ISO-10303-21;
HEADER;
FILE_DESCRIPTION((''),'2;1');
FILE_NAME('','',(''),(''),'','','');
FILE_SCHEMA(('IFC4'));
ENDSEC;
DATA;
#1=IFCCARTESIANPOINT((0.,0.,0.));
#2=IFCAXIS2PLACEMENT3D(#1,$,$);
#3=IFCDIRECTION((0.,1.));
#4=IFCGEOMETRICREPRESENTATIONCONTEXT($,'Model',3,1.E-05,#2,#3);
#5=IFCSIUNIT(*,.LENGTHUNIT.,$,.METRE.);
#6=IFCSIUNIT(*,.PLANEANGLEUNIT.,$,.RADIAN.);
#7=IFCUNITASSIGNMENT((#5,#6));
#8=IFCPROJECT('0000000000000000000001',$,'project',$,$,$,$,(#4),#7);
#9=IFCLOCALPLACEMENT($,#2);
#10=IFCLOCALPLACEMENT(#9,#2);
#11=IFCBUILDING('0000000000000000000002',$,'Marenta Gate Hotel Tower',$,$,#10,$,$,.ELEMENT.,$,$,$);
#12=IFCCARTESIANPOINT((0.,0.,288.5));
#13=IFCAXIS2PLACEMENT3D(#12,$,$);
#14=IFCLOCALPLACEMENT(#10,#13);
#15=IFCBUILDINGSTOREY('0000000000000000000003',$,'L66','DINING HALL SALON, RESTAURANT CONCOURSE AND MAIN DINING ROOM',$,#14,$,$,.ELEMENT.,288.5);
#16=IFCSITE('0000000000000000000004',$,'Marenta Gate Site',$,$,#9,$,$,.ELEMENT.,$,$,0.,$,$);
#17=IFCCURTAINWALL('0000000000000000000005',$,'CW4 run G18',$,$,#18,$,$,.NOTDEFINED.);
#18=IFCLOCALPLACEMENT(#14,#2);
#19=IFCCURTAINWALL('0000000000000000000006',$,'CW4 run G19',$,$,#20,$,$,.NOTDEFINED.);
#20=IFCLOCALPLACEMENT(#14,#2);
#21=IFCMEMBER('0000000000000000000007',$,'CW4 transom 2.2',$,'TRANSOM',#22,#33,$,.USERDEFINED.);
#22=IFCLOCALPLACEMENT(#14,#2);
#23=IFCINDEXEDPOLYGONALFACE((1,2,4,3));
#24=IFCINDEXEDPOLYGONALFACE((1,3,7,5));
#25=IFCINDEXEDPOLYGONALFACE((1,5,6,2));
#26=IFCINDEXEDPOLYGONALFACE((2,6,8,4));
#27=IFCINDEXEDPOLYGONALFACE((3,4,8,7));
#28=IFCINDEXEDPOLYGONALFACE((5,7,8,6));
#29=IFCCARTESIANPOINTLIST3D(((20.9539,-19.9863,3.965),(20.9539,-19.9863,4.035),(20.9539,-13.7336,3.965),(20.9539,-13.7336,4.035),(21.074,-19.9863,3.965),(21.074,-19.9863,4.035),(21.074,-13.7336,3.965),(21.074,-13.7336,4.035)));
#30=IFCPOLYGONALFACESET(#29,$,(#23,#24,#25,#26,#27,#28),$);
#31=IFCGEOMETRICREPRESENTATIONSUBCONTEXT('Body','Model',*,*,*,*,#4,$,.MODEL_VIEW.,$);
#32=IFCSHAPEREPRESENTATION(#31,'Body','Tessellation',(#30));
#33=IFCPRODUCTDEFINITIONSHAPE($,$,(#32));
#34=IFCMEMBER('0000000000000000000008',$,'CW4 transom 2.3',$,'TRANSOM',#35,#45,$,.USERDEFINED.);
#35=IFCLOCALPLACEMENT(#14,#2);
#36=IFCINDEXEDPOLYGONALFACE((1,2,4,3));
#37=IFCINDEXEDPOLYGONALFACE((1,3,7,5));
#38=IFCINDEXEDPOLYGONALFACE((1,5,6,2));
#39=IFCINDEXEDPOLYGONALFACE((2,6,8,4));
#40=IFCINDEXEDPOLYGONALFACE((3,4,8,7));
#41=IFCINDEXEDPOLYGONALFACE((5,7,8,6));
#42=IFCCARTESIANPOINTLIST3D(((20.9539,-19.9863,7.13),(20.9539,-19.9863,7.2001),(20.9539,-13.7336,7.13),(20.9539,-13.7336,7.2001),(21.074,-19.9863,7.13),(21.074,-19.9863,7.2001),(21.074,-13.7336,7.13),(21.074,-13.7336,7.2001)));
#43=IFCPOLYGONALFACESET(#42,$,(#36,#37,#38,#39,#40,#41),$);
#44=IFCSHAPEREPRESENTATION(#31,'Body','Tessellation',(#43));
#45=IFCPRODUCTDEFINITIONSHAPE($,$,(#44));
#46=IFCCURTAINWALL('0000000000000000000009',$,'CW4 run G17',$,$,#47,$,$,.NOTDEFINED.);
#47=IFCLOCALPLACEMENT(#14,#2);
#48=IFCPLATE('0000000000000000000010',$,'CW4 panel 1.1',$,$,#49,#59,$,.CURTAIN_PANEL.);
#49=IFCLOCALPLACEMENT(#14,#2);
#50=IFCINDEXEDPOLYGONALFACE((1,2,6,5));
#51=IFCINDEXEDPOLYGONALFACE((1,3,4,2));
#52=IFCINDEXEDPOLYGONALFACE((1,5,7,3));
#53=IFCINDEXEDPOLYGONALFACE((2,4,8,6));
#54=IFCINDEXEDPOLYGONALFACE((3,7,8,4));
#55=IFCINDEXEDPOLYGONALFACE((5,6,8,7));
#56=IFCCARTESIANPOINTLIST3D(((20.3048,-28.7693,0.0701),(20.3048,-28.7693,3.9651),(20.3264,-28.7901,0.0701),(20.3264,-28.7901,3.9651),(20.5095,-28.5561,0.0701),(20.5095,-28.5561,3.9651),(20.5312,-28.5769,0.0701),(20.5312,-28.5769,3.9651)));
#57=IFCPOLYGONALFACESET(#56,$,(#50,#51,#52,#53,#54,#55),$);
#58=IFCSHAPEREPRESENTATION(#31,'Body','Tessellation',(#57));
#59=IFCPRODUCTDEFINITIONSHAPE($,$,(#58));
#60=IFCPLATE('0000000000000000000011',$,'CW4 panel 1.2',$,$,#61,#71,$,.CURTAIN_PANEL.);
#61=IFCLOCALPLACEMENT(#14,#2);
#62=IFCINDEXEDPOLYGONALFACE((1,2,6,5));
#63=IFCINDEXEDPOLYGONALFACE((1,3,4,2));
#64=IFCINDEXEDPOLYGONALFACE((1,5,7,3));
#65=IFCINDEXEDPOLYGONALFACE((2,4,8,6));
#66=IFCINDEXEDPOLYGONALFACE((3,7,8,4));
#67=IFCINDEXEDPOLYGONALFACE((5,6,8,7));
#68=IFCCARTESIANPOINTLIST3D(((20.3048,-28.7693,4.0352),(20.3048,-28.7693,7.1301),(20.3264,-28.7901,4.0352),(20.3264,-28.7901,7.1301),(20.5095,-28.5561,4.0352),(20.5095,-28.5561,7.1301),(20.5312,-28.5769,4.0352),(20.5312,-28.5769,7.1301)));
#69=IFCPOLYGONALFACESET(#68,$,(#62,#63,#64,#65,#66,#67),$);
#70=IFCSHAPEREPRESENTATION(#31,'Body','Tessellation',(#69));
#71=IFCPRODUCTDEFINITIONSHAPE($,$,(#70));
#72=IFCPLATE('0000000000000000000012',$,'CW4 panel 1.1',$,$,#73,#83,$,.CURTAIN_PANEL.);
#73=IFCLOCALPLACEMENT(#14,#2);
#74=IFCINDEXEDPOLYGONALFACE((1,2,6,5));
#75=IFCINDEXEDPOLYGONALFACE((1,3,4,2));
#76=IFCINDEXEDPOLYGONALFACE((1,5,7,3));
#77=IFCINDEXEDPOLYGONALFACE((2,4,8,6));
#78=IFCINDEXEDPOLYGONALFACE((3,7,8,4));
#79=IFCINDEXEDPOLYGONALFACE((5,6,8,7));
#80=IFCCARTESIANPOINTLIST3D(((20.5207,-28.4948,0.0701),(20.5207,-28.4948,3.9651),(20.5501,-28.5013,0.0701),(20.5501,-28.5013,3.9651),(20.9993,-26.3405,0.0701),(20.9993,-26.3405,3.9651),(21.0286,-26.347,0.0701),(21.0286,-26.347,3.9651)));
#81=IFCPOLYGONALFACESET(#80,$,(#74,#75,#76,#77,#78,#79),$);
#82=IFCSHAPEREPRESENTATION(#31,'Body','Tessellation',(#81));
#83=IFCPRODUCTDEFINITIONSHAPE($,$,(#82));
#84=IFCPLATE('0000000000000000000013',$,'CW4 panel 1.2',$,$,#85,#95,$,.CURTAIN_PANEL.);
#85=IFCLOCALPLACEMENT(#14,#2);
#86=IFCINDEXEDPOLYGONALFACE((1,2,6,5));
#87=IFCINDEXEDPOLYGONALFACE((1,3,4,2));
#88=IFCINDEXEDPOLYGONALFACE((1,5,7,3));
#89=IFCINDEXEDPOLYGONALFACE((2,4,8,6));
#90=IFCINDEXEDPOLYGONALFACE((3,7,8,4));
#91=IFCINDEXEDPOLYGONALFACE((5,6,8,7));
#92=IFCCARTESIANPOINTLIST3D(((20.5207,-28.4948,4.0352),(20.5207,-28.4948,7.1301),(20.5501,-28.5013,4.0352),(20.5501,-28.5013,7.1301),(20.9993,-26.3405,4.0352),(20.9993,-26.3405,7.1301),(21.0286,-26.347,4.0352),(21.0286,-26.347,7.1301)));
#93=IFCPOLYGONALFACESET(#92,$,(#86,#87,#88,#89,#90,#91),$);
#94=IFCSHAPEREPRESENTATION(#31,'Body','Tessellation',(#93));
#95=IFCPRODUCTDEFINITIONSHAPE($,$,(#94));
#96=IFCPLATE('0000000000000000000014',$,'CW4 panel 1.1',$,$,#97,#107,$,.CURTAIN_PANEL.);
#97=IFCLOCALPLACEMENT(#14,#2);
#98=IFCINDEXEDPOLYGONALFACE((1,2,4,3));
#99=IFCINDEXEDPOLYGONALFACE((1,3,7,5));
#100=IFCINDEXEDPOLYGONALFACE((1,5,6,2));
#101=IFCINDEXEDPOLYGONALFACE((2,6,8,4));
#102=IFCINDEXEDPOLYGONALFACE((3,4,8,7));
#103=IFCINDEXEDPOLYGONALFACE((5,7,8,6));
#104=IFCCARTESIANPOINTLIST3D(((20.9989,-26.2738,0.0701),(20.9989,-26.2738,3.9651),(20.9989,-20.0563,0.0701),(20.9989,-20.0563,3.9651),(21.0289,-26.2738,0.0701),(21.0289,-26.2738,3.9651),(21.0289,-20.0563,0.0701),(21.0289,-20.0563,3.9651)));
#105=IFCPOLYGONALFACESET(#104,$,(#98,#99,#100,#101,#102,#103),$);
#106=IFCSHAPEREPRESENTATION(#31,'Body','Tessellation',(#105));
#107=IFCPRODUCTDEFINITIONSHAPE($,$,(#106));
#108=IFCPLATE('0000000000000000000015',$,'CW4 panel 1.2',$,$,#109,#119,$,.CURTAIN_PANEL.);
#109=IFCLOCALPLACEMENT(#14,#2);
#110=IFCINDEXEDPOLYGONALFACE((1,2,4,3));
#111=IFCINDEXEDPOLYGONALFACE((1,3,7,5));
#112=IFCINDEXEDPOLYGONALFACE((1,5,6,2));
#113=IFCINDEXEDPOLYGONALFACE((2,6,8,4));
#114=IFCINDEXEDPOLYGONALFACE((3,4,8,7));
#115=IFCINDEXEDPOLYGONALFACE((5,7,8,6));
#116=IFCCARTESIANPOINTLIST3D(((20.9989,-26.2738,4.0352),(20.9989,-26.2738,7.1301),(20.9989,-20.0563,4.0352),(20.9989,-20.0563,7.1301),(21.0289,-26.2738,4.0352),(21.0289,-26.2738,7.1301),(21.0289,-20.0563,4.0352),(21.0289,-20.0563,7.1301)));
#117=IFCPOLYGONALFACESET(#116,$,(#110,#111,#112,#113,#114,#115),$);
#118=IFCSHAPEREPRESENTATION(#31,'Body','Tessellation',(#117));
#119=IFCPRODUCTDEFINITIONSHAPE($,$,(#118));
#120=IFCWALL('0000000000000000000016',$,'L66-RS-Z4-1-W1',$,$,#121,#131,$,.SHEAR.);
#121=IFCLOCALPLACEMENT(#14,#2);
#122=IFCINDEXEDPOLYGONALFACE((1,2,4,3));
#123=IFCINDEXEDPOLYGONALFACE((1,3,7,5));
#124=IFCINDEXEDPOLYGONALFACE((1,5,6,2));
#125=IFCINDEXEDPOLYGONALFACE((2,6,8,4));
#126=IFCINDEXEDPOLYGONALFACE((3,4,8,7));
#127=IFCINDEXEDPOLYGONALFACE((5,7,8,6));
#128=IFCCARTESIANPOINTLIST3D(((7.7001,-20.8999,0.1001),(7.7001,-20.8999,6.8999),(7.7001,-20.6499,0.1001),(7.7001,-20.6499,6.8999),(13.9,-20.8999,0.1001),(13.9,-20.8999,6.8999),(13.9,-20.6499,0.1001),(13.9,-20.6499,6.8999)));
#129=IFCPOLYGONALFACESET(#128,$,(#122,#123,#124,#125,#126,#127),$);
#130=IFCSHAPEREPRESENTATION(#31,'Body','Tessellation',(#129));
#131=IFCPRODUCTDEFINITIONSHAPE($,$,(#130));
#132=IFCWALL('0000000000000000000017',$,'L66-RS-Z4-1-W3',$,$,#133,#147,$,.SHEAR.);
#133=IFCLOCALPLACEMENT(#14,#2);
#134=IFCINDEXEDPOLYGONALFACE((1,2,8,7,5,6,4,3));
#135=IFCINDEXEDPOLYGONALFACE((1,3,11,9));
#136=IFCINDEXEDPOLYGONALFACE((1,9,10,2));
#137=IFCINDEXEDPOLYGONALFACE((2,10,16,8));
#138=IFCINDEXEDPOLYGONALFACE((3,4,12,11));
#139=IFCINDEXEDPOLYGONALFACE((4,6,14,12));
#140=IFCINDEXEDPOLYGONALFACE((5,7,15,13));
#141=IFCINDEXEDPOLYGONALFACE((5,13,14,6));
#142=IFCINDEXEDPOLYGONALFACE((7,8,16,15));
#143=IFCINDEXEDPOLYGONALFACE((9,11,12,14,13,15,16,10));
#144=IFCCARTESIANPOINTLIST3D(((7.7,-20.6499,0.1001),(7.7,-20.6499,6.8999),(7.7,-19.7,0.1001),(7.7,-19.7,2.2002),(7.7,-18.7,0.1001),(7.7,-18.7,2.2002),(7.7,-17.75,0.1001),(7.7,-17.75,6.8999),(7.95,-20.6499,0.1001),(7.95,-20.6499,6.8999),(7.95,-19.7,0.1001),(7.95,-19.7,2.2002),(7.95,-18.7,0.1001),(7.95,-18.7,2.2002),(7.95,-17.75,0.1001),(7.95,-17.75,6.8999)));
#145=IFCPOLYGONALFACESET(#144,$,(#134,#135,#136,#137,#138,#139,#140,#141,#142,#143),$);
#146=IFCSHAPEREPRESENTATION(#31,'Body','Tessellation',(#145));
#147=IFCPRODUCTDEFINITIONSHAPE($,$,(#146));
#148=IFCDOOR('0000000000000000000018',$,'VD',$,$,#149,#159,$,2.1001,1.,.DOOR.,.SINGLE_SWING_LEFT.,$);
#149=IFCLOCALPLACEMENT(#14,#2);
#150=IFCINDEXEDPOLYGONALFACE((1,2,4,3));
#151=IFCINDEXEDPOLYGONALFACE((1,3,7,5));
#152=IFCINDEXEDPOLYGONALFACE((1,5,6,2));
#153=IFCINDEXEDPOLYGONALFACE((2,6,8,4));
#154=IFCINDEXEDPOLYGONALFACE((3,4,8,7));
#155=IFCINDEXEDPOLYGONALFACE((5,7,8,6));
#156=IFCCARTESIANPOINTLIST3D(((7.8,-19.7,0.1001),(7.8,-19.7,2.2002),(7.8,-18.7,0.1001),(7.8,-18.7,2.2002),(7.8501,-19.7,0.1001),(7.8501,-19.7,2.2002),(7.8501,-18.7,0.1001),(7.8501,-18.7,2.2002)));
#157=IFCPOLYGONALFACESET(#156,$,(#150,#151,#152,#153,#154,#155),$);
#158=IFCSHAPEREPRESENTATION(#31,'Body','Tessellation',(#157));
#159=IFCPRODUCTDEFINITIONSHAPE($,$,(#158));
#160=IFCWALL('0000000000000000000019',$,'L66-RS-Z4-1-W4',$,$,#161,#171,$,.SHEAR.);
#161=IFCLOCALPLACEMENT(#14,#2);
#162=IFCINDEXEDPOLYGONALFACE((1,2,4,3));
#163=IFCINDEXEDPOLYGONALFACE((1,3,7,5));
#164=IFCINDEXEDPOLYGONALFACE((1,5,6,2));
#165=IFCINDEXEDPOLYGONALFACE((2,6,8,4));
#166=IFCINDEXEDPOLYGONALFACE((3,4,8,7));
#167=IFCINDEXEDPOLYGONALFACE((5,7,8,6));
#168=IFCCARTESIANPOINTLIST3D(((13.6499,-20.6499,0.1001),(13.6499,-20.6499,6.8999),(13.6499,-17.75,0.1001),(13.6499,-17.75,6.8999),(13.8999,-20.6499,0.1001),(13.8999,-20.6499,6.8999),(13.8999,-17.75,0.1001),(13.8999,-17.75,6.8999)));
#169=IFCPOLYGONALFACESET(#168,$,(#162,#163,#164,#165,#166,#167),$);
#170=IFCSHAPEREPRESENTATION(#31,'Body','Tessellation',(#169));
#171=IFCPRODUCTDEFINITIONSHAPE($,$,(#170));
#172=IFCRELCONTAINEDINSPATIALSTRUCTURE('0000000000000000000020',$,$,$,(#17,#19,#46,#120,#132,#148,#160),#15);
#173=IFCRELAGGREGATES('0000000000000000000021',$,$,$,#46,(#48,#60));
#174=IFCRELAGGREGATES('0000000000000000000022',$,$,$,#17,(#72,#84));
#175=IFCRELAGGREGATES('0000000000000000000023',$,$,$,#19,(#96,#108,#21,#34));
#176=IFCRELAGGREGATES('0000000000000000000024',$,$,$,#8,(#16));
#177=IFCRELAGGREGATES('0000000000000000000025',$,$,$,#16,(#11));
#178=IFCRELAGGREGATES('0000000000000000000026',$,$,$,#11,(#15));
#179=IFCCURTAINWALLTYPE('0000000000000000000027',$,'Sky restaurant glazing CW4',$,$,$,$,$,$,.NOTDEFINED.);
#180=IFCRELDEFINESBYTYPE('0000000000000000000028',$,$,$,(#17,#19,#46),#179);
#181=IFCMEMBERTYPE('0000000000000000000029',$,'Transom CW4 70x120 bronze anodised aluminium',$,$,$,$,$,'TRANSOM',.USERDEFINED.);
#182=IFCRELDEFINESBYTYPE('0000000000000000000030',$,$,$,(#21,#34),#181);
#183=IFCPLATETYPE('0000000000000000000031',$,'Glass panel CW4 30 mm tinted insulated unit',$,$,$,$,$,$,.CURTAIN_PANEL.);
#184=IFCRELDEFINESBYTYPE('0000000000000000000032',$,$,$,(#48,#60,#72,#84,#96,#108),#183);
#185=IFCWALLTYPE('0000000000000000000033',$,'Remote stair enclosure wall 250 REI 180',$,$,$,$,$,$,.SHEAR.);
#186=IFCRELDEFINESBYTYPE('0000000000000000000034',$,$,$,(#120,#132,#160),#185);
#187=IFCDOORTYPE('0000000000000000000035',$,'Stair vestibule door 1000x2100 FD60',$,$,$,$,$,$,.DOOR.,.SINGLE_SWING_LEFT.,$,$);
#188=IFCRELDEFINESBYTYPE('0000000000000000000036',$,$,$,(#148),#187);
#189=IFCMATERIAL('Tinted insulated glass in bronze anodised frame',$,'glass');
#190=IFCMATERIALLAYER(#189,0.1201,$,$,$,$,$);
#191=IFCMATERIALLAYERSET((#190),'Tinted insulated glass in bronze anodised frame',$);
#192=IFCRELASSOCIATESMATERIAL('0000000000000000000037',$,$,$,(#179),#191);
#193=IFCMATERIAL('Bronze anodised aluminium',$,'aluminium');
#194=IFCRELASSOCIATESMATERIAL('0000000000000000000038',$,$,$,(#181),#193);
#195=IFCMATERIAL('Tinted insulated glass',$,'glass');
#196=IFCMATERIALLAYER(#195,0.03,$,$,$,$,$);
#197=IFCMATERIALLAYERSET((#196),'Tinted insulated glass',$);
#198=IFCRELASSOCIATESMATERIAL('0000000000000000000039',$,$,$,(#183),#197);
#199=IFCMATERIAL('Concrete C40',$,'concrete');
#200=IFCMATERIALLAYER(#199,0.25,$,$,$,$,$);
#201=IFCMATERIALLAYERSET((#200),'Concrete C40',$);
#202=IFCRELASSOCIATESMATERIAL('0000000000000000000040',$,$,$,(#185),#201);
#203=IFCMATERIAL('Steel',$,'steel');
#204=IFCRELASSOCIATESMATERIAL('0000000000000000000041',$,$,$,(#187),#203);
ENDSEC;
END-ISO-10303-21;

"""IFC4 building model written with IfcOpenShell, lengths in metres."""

from ifc_helpers import new_model, si_unit, direction, frame, frame_2d, origin, origin_2d, place, context, subcontext, project, spatial, rectangle, extrude, material, layer, layer_set, material_profile, profile_set, type_object, element, fill, aggregate, save


model = new_model("IFC4")

# Units and contexts
model_context = context("Model", 3, precision=1e-05, world=origin(), true_north=direction((0.0, 1.0)))
body_context = subcontext(model_context, "Body", "Model", "MODEL_VIEW")
ifc_project = project(units=[si_unit("LENGTHUNIT", "METRE"), si_unit("PLANEANGLEUNIT", "RADIAN")], contexts=[model_context])

# Site, building, storey
site_placement = place(None, origin())
site = spatial("IfcSite", under=ifc_project, at=site_placement, Name="Marenta Gate Site", CompositionType="ELEMENT", RefElevation=0.0)
building_placement = place(site_placement, origin())
building = spatial("IfcBuilding", under=site, at=building_placement, Name="Marenta Gate Hotel Tower", CompositionType="ELEMENT")
storey_placement = place(building_placement, frame((0.0, 0.0, 288.5)))
storey = spatial("IfcBuildingStorey", under=building, at=storey_placement, Name="L66", Description="DINING HALL SALON, RESTAURANT CONCOURSE AND MAIN DINING ROOM", CompositionType="ELEMENT", Elevation=288.5)

# Curtain wall
ifc_material_1 = material(Name="Tinted insulated glass in bronze anodised frame", Category="glass")
ifc_layer_1 = layer(ifc_material_1, 0.1201)
ifc_layer_set_1 = layer_set([ifc_layer_1], Name="Tinted insulated glass in bronze anodised frame")
curtain_wall_type = type_object("IfcCurtainWallType", Name="Sky restaurant glazing CW4", PredefinedType="NOTDEFINED", material=ifc_layer_set_1)
curtain_wall_1_placement = place(storey_placement, origin())
curtain_wall_1 = element("IfcCurtainWall", 1, at=curtain_wall_1_placement, inside=storey, type_object=curtain_wall_type, Name="CW4 run G18", PredefinedType="NOTDEFINED")

# Curtain wall
curtain_wall_2_placement = place(storey_placement, origin())
curtain_wall_2 = element("IfcCurtainWall", 2, at=curtain_wall_2_placement, inside=storey, type_object=curtain_wall_type, Name="CW4 run G19", PredefinedType="NOTDEFINED")

# Members
ifc_material_2 = material(Name="Bronze anodised aluminium", Category="aluminium")
ifc_material_profile_1 = material_profile(ifc_material_2, rectangle(XDim=0.1201, YDim=0.0701, at=origin_2d()), Name="Transom CW4 70x120 bronze anodised aluminium")
ifc_profile_set_1 = profile_set([ifc_material_profile_1], Name="Bronze anodised aluminium")
member_type_1 = type_object("IfcMemberType", Name="Transom CW4 70x120 bronze anodised aluminium", ElementType="TRANSOM", PredefinedType="USERDEFINED", material=ifc_profile_set_1)
member_1_placement = place(storey_placement, frame((21.0139, -19.9863, 4.0), z_axis=(0.0, 1.0, 0.0), x_axis=(-1.0, 0.0, 0.0)))
member_1 = element("IfcMember", 3, at=member_1_placement, type_object=member_type_1, Name="CW4 transom 2.2", ObjectType="TRANSOM", PredefinedType="USERDEFINED", context=body_context, shape_type="SweptSolid", body=[
    extrude(rectangle(XDim=0.1201, YDim=0.0701, at=origin_2d()), origin(), (0.0, 0.0, 1.0), 6.2527),
])
member_2_placement = place(storey_placement, frame((21.0139, -19.9863, 7.165), z_axis=(0.0, 1.0, 0.0), x_axis=(-1.0, 0.0, 0.0)))
member_2 = element("IfcMember", 4, at=member_2_placement, type_object=member_type_1, Name="CW4 transom 2.3", ObjectType="TRANSOM", PredefinedType="USERDEFINED", context=body_context, shape_type="SweptSolid", body=[
    extrude(rectangle(XDim=0.1201, YDim=0.0701, at=origin_2d()), origin(), (0.0, 0.0, 1.0), 6.2527),
])

# Curtain wall, plates
curtain_wall_3_placement = place(storey_placement, origin())
curtain_wall_3 = element("IfcCurtainWall", 5, at=curtain_wall_3_placement, inside=storey, type_object=curtain_wall_type, Name="CW4 run G17", PredefinedType="NOTDEFINED")
ifc_material_3 = material(Name="Tinted insulated glass", Category="glass")
ifc_layer_2 = layer(ifc_material_3, 0.03)
ifc_layer_set_2 = layer_set([ifc_layer_2], Name="Tinted insulated glass")
plate_type = type_object("IfcPlateType", Name="Glass panel CW4 30 mm tinted insulated unit", PredefinedType="CURTAIN_PANEL", material=ifc_layer_set_2)
plate_1_placement = place(storey_placement, frame((20.418, -28.6731, 0.0701), z_axis=(0.0, 0.0, 1.0), x_axis=(0.6926, 0.721322, 0.0)))
plate_1 = element("IfcPlate", 6, at=plate_1_placement, type_object=plate_type, Name="CW4 panel 1.1", PredefinedType="CURTAIN_PANEL", context=body_context, shape_type="SweptSolid", body=[
    extrude(rectangle(XDim=0.2957, YDim=0.03, at=origin_2d()), origin(), (0.0, 0.0, 1.0), 3.895),
])
plate_2_placement = place(storey_placement, frame((20.418, -28.6731, 4.0352), z_axis=(0.0, 0.0, 1.0), x_axis=(0.6926, 0.721322, 0.0)))
plate_2 = element("IfcPlate", 7, at=plate_2_placement, type_object=plate_type, Name="CW4 panel 1.2", PredefinedType="CURTAIN_PANEL", context=body_context, shape_type="SweptSolid", body=[
    extrude(rectangle(XDim=0.2957, YDim=0.03, at=origin_2d()), origin(), (0.0, 0.0, 1.0), 3.095),
])
aggregate(curtain_wall_3, [plate_1, plate_2])

# Plates
plate_3_placement = place(storey_placement, frame((20.7747, -27.4209, 0.0701), z_axis=(0.0, 0.0, 1.0), x_axis=(0.216842, 0.976207, 0.0)))
plate_3 = element("IfcPlate", 8, at=plate_3_placement, type_object=plate_type, Name="CW4 panel 1.1", PredefinedType="CURTAIN_PANEL", context=body_context, shape_type="SweptSolid", body=[
    extrude(rectangle(XDim=2.2068, YDim=0.03, at=origin_2d()), origin(), (0.0, 0.0, 1.0), 3.895),
])
plate_4_placement = place(storey_placement, frame((20.7747, -27.4209, 4.0352), z_axis=(0.0, 0.0, 1.0), x_axis=(0.216842, 0.976207, 0.0)))
plate_4 = element("IfcPlate", 9, at=plate_4_placement, type_object=plate_type, Name="CW4 panel 1.2", PredefinedType="CURTAIN_PANEL", context=body_context, shape_type="SweptSolid", body=[
    extrude(rectangle(XDim=2.2068, YDim=0.03, at=origin_2d()), origin(), (0.0, 0.0, 1.0), 3.095),
])
aggregate(curtain_wall_1, [plate_3, plate_4])
plate_5_placement = place(storey_placement, frame((21.0139, -23.165, 0.0701), z_axis=(0.0, 0.0, 1.0), x_axis=(0.0, 1.0, 0.0)))
plate_5 = element("IfcPlate", 10, at=plate_5_placement, type_object=plate_type, Name="CW4 panel 1.1", PredefinedType="CURTAIN_PANEL", context=body_context, shape_type="SweptSolid", body=[
    extrude(rectangle(XDim=6.2175, YDim=0.03, at=origin_2d()), origin(), (0.0, 0.0, 1.0), 3.895),
])
plate_6_placement = place(storey_placement, frame((21.0139, -23.165, 4.0352), z_axis=(0.0, 0.0, 1.0), x_axis=(0.0, 1.0, 0.0)))
plate_6 = element("IfcPlate", 11, at=plate_6_placement, type_object=plate_type, Name="CW4 panel 1.2", PredefinedType="CURTAIN_PANEL", context=body_context, shape_type="SweptSolid", body=[
    extrude(rectangle(XDim=6.2175, YDim=0.03, at=origin_2d()), origin(), (0.0, 0.0, 1.0), 3.095),
])
aggregate(curtain_wall_2, [plate_5, plate_6, member_1, member_2])

# Wall
ifc_material_4 = material(Name="Concrete C40", Category="concrete")
ifc_layer_3 = layer(ifc_material_4, 0.25)
ifc_layer_set_3 = layer_set([ifc_layer_3], Name="Concrete C40")
wall_type = type_object("IfcWallType", Name="Remote stair enclosure wall 250 REI 180", PredefinedType="SHEAR", material=ifc_layer_set_3)
wall_1_placement = place(storey_placement, frame((7.7, -20.7749, 0.1001), z_axis=(0.0, 0.0, 1.0), x_axis=(1.0, 0.0, 0.0)))
element("IfcWall", 12, at=wall_1_placement, inside=storey, type_object=wall_type, Name="L66-RS-Z4-1-W1", PredefinedType="SHEAR", context=body_context, shape_type="SweptSolid", body=[
    extrude(rectangle(XDim=6.2, YDim=0.25, at=frame_2d((3.1001, 0.0))), origin(), (0.0, 0.0, 1.0), 6.7998),
])

# Wall, opening, door
wall_2_placement = place(storey_placement, frame((7.825, -20.6499, 0.1001), z_axis=(0.0, 0.0, 1.0), x_axis=(0.0, 1.0, 0.0)))
wall_2 = element("IfcWall", 13, at=wall_2_placement, inside=storey, type_object=wall_type, Name="L66-RS-Z4-1-W3", PredefinedType="SHEAR", context=body_context, shape_type="SweptSolid", body=[
    extrude(rectangle(XDim=2.8999, YDim=0.25, at=frame_2d((1.45, 0.0))), origin(), (0.0, 0.0, 1.0), 6.7998),
])
opening_placement = place(wall_2_placement, frame((0.95, 0.0, 0.0)))
opening = element("IfcOpeningElement", 14, at=opening_placement, cuts=wall_2, PredefinedType="OPENING", context=body_context, shape_type="SweptSolid", body=[
    extrude(rectangle(XDim=1.0, YDim=2.1001, at=frame_2d((0.5, 1.05))), frame((0.0, 0.125, 0.0), z_axis=(0.0, -1.0, 0.0), x_axis=(1.0, 0.0, 0.0)), (0.0, 0.0, 1.0), 0.25),
])
ifc_material_5 = material(Name="Steel", Category="steel")
door_type = type_object("IfcDoorType", Name="Stair vestibule door 1000x2100 FD60", OperationType="SINGLE_SWING_LEFT", PredefinedType="DOOR", material=ifc_material_5)
door_placement = place(opening_placement, origin())
door = element("IfcDoor", 15, at=door_placement, inside=storey, type_object=door_type, Name="VD", OperationType="SINGLE_SWING_LEFT", OverallHeight=2.1001, OverallWidth=1.0, PredefinedType="DOOR", context=body_context, shape_type="SweptSolid", body=[
    extrude(rectangle(XDim=1.0, YDim=2.1001, at=frame_2d((0.5, 1.05))), frame((0.0, 0.0249, 0.0), z_axis=(0.0, -1.0, 0.0), x_axis=(1.0, 0.0, 0.0)), (0.0, 0.0, 1.0), 0.05),
])
fill(opening, door)

# Wall
wall_3_placement = place(storey_placement, frame((13.7749, -20.6499, 0.1001), z_axis=(0.0, 0.0, 1.0), x_axis=(0.0, 1.0, 0.0)))
element("IfcWall", 16, at=wall_3_placement, inside=storey, type_object=wall_type, Name="L66-RS-Z4-1-W4", PredefinedType="SHEAR", context=body_context, shape_type="SweptSolid", body=[
    extrude(rectangle(XDim=2.8999, YDim=0.25, at=frame_2d((1.45, 0.0))), origin(), (0.0, 0.0, 1.0), 6.7998),
])

save(model, "model.ifc")
